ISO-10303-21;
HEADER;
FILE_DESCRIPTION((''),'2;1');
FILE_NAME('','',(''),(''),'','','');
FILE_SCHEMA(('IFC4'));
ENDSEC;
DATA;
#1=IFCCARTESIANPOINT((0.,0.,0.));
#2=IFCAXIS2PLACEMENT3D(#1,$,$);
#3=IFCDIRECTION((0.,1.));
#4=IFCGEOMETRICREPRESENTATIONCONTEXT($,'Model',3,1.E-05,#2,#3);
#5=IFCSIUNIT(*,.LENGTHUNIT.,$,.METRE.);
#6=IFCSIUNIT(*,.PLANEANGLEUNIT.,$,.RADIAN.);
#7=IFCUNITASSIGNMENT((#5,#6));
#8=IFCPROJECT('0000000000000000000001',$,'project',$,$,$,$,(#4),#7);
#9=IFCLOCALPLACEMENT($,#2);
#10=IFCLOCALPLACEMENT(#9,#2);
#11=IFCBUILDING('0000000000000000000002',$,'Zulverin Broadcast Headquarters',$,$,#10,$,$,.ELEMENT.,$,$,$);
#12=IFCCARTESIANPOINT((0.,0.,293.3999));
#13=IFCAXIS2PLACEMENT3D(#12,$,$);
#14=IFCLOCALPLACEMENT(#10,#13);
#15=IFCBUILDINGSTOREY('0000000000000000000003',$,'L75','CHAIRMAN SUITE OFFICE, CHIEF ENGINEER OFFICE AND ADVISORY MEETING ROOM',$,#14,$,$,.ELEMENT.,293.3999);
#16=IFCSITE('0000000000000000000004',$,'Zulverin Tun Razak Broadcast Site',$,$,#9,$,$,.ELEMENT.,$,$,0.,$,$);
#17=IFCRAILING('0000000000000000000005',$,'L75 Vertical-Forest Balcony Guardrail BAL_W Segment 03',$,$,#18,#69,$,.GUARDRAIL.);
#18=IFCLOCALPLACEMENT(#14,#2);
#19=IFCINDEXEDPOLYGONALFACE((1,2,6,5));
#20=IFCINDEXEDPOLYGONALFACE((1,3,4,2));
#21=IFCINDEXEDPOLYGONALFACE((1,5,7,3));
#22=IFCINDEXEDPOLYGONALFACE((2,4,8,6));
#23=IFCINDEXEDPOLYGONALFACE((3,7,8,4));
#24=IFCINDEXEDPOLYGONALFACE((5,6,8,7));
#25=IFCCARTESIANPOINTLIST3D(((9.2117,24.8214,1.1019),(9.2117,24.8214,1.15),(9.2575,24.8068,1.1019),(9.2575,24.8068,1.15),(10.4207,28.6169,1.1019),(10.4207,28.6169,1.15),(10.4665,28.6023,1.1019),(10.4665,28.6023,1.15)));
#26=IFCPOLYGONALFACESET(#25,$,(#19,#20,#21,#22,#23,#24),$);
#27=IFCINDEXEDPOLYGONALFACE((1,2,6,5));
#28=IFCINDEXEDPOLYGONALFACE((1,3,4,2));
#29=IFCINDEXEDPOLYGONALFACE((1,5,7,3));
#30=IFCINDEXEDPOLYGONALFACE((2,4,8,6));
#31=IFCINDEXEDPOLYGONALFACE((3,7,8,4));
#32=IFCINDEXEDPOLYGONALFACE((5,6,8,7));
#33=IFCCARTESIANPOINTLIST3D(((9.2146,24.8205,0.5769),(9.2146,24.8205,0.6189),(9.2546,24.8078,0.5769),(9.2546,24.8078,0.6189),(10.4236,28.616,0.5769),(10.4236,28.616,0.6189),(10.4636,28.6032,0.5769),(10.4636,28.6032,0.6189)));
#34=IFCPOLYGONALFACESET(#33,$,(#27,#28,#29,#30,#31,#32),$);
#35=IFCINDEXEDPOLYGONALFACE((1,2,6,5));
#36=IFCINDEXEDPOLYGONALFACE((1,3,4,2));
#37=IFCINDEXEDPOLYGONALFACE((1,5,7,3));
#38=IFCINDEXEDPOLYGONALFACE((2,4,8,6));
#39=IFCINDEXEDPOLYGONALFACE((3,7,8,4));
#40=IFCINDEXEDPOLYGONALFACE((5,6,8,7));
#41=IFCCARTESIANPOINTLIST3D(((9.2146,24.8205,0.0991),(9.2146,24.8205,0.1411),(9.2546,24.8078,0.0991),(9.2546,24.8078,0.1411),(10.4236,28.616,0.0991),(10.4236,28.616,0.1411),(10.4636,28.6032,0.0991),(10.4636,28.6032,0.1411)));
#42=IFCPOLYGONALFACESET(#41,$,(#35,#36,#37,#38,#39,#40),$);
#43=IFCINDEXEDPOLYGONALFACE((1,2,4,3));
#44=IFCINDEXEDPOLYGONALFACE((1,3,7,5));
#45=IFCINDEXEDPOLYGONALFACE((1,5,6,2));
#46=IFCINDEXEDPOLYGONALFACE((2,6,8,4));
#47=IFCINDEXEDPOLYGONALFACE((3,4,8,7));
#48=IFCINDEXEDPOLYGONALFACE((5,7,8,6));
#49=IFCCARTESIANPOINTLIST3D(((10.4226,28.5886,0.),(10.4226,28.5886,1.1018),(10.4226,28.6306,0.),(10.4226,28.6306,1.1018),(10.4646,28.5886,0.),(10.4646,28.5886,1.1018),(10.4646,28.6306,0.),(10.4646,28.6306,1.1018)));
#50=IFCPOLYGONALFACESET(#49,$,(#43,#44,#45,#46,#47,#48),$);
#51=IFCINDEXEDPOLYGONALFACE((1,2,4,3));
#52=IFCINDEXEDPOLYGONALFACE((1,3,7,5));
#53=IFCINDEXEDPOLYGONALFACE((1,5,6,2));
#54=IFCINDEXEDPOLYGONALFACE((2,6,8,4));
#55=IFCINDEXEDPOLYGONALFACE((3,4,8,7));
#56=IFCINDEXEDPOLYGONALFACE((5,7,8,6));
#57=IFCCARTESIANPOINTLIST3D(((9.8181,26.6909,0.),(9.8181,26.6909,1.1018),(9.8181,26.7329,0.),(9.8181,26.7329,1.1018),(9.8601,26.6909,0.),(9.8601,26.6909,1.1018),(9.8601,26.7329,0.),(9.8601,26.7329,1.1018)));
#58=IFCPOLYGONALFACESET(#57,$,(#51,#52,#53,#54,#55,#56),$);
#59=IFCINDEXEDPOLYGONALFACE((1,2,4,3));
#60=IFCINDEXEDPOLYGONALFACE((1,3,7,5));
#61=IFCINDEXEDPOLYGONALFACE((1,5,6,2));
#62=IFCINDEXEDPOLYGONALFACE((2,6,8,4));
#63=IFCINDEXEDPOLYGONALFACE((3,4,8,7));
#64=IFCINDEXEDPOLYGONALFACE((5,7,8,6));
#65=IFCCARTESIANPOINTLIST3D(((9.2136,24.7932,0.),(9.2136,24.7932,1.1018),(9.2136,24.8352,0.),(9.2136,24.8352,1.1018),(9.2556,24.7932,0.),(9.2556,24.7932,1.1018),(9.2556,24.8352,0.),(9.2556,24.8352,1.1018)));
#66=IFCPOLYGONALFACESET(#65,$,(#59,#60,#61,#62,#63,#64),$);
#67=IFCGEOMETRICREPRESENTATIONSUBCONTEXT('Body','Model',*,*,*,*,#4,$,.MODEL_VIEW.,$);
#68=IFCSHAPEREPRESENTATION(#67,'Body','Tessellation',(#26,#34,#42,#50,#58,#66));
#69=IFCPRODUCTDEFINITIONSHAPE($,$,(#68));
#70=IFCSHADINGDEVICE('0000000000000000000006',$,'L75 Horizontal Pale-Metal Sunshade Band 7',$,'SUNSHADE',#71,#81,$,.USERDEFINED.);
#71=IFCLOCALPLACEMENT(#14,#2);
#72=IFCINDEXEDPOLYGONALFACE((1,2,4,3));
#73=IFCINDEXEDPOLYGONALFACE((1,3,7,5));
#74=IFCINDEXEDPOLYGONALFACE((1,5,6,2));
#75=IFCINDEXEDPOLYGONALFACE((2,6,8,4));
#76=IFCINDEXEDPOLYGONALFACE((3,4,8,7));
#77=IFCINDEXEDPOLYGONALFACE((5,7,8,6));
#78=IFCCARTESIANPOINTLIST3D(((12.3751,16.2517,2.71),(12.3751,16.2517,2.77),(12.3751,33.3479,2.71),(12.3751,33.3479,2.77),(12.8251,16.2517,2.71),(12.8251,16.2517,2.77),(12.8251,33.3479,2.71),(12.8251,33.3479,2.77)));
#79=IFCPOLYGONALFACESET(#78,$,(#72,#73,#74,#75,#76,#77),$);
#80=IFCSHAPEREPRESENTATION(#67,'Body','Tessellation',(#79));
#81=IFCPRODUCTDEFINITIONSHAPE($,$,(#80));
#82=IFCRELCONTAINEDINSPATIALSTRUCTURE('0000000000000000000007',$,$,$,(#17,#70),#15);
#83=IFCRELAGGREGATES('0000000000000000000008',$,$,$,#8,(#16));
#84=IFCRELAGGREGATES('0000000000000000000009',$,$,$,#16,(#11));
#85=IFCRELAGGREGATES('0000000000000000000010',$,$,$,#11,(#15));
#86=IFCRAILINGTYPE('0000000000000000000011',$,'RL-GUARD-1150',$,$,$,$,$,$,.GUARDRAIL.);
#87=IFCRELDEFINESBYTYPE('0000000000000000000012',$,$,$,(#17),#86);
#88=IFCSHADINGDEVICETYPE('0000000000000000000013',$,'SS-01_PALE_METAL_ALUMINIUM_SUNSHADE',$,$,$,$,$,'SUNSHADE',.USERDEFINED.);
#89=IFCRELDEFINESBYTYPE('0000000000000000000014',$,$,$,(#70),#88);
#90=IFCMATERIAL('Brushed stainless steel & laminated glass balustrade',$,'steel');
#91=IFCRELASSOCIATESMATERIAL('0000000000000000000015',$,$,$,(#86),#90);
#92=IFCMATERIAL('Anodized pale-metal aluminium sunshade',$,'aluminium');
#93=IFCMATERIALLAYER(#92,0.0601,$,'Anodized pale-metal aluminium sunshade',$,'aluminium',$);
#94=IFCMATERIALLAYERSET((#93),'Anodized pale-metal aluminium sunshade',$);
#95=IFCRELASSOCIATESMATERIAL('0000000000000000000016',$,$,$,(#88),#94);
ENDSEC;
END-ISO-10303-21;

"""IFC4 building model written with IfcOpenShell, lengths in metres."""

from ifc_helpers import new_model, si_unit, direction, frame, origin, origin_2d, place, context, subcontext, project, spatial, rectangle, extrude, material, layer, layer_set, type_object, element, save


model = new_model("IFC4")

# Units and contexts
model_context = context("Model", 3, precision=1e-05, world=origin(), true_north=direction((0.0, 1.0)))
body_context = subcontext(model_context, "Body", "Model", "MODEL_VIEW")
ifc_project = project(units=[si_unit("LENGTHUNIT", "METRE"), si_unit("PLANEANGLEUNIT", "RADIAN")], contexts=[model_context])

# Site, building, storey
site_placement = place(None, origin())
site = spatial("IfcSite", under=ifc_project, at=site_placement, Name="Zulverin Tun Razak Broadcast Site", CompositionType="ELEMENT", RefElevation=0.0)
building_placement = place(site_placement, origin())
building = spatial("IfcBuilding", under=site, at=building_placement, Name="Zulverin Broadcast Headquarters", CompositionType="ELEMENT")
storey_placement = place(building_placement, frame((0.0, 0.0, 293.3999)))
storey = spatial("IfcBuildingStorey", under=building, at=storey_placement, Name="L75", Description="CHAIRMAN SUITE OFFICE, CHIEF ENGINEER OFFICE AND ADVISORY MEETING ROOM", CompositionType="ELEMENT", Elevation=293.3999)

# Railing
ifc_material_1 = material(Name="Brushed stainless steel & laminated glass balustrade", Category="steel")
railing_type = type_object("IfcRailingType", Name="RL-GUARD-1150", PredefinedType="GUARDRAIL", material=ifc_material_1)
railing_1_placement = place(storey_placement, frame((10.4436, 28.6096, 0.0)))
element("IfcRailing", 1, at=railing_1_placement, inside=storey, type_object=railing_type, Name="L75 Vertical-Forest Balcony Guardrail BAL_W Segment 03", PredefinedType="GUARDRAIL", context=body_context, shape_type="SweptSolid", body=[
    extrude(rectangle(XDim=0.0481, YDim=0.0481, at=origin_2d()), frame((0.0, 0.0, 1.126), z_axis=(-0.303512, -0.952828, 0.0), x_axis=(0.952828, -0.303512, 0.0)), (0.0, 0.0, 1.0), 3.9834),
    extrude(rectangle(XDim=0.042, YDim=0.042, at=origin_2d()), frame((0.0, 0.0, 0.5979), z_axis=(-0.303512, -0.952828, 0.0), x_axis=(0.952828, -0.303512, 0.0)), (0.0, 0.0, 1.0), 3.9834),
    extrude(rectangle(XDim=0.042, YDim=0.042, at=origin_2d()), frame((0.0, 0.0, 0.1201), z_axis=(-0.303512, -0.952828, 0.0), x_axis=(0.952828, -0.303512, 0.0)), (0.0, 0.0, 1.0), 3.9834),
    extrude(rectangle(XDim=0.042, YDim=0.042, at=origin_2d()), origin(), (0.0, 0.0, 1.0), 1.1018),
    extrude(rectangle(XDim=0.042, YDim=0.042, at=origin_2d()), frame((-0.6045, -1.8977, 0.0)), (0.0, 0.0, 1.0), 1.1018),
    extrude(rectangle(XDim=0.042, YDim=0.042, at=origin_2d()), frame((-1.209, -3.7954, 0.0)), (0.0, 0.0, 1.0), 1.1018),
])

# Shading device
ifc_material_2 = material(Name="Anodized pale-metal aluminium sunshade", Category="aluminium")
ifc_layer_1 = layer(ifc_material_2, 0.0601, Name="Anodized pale-metal aluminium sunshade", Category="aluminium")
ifc_layer_set_1 = layer_set([ifc_layer_1], Name="Anodized pale-metal aluminium sunshade")
shading_device_type = type_object("IfcShadingDeviceType", Name="SS-01_PALE_METAL_ALUMINIUM_SUNSHADE", ElementType="SUNSHADE", PredefinedType="USERDEFINED", material=ifc_layer_set_1)
shading_device_placement = place(storey_placement, frame((12.6001, 24.7998, 2.71), z_axis=(0.0, 0.0, 1.0), x_axis=(0.0, -1.0, 0.0)))
element("IfcShadingDevice", 2, at=shading_device_placement, inside=storey, type_object=shading_device_type, Name="L75 Horizontal Pale-Metal Sunshade Band 7", ObjectType="SUNSHADE", PredefinedType="USERDEFINED", context=body_context, shape_type="SweptSolid", body=[
    extrude(rectangle(XDim=17.0962, YDim=0.45, at=origin_2d()), origin(), (0.0, 0.0, 1.0), 0.0601),
])

save(model, "model.ifc")
